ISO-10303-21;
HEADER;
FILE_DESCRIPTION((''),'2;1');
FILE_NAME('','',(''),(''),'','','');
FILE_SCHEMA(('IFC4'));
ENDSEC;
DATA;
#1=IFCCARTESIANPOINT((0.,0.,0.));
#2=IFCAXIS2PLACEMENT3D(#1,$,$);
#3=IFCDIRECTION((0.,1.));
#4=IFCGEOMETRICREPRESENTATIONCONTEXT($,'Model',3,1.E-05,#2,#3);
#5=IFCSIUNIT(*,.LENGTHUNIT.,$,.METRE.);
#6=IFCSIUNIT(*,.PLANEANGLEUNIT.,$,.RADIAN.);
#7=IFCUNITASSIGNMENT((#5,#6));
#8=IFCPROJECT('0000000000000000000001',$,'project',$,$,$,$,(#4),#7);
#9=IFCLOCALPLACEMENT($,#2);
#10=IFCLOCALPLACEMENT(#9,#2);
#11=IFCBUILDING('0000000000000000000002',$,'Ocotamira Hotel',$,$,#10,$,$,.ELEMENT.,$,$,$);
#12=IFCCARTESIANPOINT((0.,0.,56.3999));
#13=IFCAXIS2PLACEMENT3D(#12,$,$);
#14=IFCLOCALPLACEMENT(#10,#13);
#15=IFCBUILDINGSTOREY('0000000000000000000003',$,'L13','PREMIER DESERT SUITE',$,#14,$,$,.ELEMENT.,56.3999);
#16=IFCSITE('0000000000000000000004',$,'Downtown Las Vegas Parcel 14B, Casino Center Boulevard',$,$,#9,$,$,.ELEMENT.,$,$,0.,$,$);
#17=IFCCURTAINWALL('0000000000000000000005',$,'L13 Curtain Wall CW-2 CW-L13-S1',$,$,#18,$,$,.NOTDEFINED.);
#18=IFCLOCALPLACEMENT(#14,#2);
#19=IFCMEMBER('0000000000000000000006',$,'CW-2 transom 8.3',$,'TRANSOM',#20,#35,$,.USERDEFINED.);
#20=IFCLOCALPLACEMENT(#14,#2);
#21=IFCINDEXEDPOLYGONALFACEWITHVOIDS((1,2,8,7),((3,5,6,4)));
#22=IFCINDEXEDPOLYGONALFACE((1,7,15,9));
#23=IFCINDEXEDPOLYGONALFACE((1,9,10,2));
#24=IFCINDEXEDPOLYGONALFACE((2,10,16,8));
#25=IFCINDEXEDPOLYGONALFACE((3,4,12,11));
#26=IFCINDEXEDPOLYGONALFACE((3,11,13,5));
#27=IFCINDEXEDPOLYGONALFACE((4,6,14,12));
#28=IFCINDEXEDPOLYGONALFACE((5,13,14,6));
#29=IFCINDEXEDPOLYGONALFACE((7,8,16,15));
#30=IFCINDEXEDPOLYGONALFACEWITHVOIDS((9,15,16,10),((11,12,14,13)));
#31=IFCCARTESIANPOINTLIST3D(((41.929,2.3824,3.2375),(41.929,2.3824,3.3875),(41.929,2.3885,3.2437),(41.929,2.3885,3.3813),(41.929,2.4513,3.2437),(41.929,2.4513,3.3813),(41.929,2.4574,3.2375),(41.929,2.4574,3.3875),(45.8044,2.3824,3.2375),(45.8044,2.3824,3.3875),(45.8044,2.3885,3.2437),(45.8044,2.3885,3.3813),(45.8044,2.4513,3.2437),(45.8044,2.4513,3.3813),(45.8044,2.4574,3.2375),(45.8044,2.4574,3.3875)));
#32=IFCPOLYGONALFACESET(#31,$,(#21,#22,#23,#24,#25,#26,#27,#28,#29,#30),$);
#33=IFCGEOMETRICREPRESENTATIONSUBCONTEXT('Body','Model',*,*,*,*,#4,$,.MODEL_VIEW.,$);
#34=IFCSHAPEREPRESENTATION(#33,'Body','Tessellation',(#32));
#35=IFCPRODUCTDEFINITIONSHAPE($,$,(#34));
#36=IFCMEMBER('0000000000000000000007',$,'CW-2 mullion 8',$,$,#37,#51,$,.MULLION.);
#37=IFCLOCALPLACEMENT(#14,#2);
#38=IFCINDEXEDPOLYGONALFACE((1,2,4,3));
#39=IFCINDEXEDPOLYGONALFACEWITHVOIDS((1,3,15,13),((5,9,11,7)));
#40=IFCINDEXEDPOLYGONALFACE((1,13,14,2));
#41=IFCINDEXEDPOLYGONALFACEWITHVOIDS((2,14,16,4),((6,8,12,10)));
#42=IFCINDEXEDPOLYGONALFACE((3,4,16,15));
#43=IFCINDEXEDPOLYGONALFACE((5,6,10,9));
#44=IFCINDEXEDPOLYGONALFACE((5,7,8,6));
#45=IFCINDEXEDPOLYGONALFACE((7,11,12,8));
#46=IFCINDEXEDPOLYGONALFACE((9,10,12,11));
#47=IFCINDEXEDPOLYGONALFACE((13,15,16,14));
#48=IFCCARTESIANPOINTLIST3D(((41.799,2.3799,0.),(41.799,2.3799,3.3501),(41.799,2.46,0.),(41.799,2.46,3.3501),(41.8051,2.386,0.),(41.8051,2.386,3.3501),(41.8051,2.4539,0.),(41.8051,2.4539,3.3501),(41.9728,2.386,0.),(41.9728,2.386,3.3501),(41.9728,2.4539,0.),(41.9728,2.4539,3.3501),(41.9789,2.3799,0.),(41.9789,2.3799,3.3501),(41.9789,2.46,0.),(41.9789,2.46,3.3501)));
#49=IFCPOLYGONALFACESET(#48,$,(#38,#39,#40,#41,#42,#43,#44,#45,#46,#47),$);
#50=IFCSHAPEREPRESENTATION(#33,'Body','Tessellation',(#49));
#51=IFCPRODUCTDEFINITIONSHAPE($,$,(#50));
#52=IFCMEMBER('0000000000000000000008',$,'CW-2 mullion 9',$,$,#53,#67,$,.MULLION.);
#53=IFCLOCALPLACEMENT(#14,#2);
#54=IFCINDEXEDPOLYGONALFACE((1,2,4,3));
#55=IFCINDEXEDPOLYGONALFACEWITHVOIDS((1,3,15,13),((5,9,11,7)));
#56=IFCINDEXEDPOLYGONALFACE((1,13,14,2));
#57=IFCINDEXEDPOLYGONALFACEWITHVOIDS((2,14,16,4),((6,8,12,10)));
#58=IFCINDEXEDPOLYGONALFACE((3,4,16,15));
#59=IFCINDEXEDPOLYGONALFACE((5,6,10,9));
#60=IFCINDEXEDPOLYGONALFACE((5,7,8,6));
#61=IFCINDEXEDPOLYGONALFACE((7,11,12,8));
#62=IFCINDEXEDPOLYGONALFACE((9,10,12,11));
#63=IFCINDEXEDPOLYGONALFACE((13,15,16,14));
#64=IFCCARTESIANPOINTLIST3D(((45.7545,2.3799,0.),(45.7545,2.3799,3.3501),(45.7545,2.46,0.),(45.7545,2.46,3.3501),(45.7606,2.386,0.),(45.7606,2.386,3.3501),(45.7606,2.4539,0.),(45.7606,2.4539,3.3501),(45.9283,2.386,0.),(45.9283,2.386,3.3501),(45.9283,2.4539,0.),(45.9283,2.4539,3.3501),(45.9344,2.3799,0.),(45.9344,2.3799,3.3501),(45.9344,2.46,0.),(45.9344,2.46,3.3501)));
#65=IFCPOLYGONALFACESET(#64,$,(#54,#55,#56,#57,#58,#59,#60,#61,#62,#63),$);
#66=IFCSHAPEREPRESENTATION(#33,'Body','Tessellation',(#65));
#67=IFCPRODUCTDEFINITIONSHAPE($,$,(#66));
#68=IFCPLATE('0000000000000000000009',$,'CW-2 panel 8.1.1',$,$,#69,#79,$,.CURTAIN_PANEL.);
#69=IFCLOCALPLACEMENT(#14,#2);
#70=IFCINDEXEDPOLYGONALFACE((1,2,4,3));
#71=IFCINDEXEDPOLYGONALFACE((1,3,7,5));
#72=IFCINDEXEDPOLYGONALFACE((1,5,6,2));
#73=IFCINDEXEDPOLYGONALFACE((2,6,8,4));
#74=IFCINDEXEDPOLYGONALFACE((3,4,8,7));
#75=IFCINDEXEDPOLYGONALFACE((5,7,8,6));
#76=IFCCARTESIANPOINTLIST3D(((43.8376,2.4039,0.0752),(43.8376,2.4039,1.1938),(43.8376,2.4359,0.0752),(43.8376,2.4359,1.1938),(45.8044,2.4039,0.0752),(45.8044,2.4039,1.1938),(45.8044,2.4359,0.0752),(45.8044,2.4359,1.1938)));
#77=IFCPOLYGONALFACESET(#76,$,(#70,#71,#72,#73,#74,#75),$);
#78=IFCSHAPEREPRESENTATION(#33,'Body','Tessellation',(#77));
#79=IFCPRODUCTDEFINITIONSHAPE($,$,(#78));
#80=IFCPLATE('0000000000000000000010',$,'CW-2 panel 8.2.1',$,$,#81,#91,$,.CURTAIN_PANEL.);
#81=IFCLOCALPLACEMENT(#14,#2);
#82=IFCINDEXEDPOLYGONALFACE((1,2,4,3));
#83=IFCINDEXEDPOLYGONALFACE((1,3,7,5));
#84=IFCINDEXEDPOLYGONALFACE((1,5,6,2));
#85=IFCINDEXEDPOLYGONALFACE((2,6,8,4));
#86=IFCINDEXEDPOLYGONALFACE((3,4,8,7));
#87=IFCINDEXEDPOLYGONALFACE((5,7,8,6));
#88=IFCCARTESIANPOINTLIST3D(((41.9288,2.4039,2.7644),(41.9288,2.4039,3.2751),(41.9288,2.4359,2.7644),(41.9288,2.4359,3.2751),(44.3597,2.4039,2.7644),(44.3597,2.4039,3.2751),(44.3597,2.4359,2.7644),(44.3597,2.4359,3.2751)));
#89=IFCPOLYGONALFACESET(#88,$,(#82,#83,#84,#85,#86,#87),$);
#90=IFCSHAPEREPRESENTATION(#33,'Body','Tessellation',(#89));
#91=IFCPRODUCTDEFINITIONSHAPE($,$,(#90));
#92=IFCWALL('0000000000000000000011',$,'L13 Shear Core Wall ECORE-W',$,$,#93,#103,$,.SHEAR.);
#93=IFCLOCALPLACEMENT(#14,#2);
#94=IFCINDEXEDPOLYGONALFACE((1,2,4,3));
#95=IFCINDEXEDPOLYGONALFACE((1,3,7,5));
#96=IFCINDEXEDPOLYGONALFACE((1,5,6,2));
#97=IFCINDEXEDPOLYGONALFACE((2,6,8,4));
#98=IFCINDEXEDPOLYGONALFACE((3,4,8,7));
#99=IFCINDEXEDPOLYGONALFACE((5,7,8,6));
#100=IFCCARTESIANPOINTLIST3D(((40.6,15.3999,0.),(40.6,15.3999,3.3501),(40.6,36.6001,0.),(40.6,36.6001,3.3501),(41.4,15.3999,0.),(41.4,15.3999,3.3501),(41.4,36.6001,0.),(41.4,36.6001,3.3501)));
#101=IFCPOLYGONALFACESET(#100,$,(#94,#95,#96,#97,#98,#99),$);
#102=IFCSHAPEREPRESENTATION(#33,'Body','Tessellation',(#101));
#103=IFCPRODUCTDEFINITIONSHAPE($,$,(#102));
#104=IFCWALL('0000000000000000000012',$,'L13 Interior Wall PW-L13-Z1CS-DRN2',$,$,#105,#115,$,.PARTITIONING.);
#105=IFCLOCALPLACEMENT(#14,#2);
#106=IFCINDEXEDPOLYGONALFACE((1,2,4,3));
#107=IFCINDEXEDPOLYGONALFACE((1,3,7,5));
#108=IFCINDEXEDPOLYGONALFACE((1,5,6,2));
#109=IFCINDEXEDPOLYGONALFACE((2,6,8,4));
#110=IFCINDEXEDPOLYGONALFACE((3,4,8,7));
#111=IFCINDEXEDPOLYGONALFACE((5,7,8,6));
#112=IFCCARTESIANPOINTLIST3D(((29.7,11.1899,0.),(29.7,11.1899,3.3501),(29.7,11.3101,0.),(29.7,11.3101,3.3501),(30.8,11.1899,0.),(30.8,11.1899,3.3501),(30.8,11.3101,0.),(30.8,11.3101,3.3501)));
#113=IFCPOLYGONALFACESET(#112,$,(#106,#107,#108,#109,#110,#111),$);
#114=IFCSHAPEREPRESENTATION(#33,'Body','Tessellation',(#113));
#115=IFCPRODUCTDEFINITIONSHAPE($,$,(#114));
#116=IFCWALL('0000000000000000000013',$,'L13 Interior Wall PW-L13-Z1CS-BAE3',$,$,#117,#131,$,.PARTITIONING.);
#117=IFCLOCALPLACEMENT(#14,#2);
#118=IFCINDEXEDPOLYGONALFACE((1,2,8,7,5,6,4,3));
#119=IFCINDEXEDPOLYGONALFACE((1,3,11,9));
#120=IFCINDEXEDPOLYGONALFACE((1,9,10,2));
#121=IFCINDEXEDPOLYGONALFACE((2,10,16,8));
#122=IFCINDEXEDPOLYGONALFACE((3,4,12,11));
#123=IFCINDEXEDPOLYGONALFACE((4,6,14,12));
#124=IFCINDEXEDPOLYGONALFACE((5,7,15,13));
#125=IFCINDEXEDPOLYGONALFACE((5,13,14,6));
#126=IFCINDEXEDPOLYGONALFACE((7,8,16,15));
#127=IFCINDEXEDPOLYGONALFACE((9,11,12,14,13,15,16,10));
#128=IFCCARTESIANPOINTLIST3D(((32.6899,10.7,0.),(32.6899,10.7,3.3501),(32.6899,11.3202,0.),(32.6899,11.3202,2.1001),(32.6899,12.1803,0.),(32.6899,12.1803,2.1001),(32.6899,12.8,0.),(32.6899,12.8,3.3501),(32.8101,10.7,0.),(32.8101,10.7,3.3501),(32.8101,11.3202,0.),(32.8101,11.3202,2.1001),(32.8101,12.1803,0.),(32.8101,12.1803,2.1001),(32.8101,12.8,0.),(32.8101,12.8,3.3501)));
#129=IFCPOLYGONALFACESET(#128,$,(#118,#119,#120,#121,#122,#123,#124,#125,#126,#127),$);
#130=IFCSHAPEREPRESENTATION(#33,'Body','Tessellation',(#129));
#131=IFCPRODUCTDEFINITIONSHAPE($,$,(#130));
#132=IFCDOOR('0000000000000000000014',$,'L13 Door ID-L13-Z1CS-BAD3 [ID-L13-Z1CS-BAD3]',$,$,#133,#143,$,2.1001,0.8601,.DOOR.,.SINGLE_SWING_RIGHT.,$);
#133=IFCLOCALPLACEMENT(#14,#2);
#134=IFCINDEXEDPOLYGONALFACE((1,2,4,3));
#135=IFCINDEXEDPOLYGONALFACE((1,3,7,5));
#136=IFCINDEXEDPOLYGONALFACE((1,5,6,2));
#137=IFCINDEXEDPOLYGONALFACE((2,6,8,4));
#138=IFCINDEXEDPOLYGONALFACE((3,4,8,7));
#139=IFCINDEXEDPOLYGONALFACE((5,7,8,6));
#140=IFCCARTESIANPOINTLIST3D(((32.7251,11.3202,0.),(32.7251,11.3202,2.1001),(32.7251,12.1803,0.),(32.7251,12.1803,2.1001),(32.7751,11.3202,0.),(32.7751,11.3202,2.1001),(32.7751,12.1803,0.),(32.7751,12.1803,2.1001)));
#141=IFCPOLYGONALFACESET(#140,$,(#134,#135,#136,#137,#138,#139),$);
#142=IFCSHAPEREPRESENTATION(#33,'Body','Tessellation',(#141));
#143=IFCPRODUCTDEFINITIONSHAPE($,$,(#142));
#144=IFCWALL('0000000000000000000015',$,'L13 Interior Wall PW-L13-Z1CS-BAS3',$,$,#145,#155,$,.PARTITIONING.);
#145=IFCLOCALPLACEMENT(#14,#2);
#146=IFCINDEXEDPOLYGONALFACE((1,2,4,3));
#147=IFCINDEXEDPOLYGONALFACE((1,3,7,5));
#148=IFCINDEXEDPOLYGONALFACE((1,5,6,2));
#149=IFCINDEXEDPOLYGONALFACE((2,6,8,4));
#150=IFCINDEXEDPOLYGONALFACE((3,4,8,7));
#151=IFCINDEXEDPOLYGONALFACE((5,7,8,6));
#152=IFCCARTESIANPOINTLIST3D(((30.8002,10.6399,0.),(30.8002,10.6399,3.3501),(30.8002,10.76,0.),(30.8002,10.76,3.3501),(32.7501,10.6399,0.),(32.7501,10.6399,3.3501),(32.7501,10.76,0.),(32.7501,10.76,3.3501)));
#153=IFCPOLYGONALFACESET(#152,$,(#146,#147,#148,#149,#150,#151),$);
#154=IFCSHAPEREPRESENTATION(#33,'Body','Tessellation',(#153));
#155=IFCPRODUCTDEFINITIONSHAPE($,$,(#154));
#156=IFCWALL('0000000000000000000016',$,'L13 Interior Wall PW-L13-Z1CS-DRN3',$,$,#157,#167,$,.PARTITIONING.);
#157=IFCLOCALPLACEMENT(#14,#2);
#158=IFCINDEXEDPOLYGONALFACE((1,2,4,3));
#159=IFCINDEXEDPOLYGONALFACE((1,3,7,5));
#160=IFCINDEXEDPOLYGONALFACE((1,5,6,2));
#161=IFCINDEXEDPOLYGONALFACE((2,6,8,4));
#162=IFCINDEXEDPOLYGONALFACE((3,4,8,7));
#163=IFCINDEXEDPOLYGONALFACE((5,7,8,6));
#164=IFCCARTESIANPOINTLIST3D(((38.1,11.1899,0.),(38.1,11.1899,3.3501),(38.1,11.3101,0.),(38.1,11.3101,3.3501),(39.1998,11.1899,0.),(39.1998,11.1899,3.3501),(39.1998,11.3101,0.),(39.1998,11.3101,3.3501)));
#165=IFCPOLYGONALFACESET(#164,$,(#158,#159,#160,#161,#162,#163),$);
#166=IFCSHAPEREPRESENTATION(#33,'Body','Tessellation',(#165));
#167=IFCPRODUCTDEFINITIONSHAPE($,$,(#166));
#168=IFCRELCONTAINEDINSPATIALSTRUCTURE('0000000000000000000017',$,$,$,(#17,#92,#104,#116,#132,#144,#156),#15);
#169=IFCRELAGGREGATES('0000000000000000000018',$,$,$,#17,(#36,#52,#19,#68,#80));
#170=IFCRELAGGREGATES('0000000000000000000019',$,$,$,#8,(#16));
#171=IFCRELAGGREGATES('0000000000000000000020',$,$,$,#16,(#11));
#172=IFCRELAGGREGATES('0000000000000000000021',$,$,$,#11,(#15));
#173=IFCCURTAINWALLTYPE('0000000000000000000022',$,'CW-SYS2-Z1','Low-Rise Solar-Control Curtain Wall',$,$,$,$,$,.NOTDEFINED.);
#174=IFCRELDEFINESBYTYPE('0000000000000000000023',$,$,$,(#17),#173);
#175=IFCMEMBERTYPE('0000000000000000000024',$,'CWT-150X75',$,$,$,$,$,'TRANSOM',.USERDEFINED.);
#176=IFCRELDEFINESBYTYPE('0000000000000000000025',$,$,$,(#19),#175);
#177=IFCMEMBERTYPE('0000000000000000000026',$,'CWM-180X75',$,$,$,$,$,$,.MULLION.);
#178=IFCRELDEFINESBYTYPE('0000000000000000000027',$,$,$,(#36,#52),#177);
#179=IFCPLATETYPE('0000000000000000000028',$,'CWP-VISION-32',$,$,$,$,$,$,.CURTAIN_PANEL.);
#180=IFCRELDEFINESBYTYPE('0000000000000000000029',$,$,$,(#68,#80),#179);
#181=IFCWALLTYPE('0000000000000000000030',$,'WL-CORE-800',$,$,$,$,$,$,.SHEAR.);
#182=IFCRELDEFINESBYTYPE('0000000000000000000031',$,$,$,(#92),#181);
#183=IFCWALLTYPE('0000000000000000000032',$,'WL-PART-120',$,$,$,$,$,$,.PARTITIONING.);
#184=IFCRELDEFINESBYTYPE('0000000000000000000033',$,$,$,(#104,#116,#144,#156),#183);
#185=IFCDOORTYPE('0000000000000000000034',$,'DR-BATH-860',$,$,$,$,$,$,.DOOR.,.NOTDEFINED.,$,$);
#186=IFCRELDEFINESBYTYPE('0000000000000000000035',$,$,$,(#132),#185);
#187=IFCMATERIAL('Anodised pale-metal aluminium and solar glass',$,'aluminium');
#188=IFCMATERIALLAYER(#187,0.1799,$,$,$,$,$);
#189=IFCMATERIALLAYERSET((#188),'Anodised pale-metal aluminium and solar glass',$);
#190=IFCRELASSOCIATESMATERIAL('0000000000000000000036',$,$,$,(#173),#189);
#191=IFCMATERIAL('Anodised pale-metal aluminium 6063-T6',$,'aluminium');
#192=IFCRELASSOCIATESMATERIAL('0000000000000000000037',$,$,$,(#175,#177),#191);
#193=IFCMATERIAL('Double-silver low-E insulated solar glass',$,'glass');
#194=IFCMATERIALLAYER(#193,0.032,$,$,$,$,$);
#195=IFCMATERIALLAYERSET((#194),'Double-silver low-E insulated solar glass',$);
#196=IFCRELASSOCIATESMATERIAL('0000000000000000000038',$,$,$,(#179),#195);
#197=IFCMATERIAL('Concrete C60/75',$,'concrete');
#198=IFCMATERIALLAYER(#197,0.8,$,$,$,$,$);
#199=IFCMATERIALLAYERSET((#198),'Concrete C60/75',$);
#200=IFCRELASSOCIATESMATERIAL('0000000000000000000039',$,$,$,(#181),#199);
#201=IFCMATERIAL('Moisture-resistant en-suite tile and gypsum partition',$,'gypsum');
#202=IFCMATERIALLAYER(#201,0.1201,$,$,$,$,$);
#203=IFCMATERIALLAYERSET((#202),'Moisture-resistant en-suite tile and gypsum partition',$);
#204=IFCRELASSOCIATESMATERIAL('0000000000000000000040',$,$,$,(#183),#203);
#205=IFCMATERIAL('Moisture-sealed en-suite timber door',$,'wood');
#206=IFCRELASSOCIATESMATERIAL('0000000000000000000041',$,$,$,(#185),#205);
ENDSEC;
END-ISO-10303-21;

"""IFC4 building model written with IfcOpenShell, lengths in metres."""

from ifc_helpers import new_model, si_unit, direction, frame, frame_2d, origin, origin_2d, place, context, subcontext, project, spatial, rectangle, hollow_rectangle, extrude, source, transform, mapped, material, layer, layer_set, material_profile, profile_set, type_object, element, fill, aggregate, save


model = new_model("IFC4")

# Units and contexts
model_context = context("Model", 3, precision=1e-05, world=origin(), true_north=direction((0.0, 1.0)))
body_context = subcontext(model_context, "Body", "Model", "MODEL_VIEW")
ifc_project = project(units=[si_unit("LENGTHUNIT", "METRE"), si_unit("PLANEANGLEUNIT", "RADIAN")], contexts=[model_context])

# Site, building, storey
site_placement = place(None, origin())
site = spatial("IfcSite", under=ifc_project, at=site_placement, Name="Downtown Las Vegas Parcel 14B, Casino Center Boulevard", CompositionType="ELEMENT", RefElevation=0.0)
building_placement = place(site_placement, origin())
building = spatial("IfcBuilding", under=site, at=building_placement, Name="Ocotamira Hotel", CompositionType="ELEMENT")
storey_placement = place(building_placement, frame((0.0, 0.0, 56.3999)))
storey = spatial("IfcBuildingStorey", under=building, at=storey_placement, Name="L13", Description="PREMIER DESERT SUITE", CompositionType="ELEMENT", Elevation=56.3999)

# Curtain wall, members, plates
ifc_material_1 = material(Name="Anodised pale-metal aluminium and solar glass", Category="aluminium")
ifc_layer_1 = layer(ifc_material_1, 0.1799)
ifc_layer_set_1 = layer_set([ifc_layer_1], Name="Anodised pale-metal aluminium and solar glass")
curtain_wall_type = type_object("IfcCurtainWallType", Name="CW-SYS2-Z1", Description="Low-Rise Solar-Control Curtain Wall", PredefinedType="NOTDEFINED", material=ifc_layer_set_1)
curtain_wall_placement = place(storey_placement, origin())
curtain_wall = element("IfcCurtainWall", 1, at=curtain_wall_placement, inside=storey, type_object=curtain_wall_type, Name="L13 Curtain Wall CW-2 CW-L13-S1", PredefinedType="NOTDEFINED")
ifc_material_2 = material(Name="Anodised pale-metal aluminium 6063-T6", Category="aluminium")
ifc_material_profile_1 = material_profile(ifc_material_2, hollow_rectangle(XDim=0.075, YDim=0.1499, WallThickness=0.0061, at=origin_2d()), Name="HSS150X75X6")
ifc_profile_set_1 = profile_set([ifc_material_profile_1], Name="Anodised pale-metal aluminium 6063-T6")
member_type_1 = type_object("IfcMemberType", Name="CWT-150X75", ElementType="TRANSOM", PredefinedType="USERDEFINED", material=ifc_profile_set_1)
shared_shape_1 = source(origin(), body_context, "Body", "SweptSolid", [
    extrude(hollow_rectangle(XDim=0.075, YDim=0.1499, WallThickness=0.0061, at=origin_2d()), origin(), (0.0, 0.0, 1.0), 3.8755),
])
member_1_placement = place(storey_placement, frame((41.929, 2.4199, 3.3125), z_axis=(1.0, 0.0, 0.0), x_axis=(0.0, 1.0, 0.0)))
member_1 = element("IfcMember", 2, at=member_1_placement, type_object=member_type_1, Name="CW-2 transom 8.3", ObjectType="TRANSOM", PredefinedType="USERDEFINED", context=body_context, shape_type="MappedRepresentation", body=[
    mapped(shared_shape_1, transform((0.0, 0.0, 0.0), scale=1.0)),
])
ifc_material_profile_2 = material_profile(ifc_material_2, hollow_rectangle(XDim=0.0801, YDim=0.1799, WallThickness=0.0061, at=origin_2d()), Name="HSS180X80X6")
ifc_profile_set_2 = profile_set([ifc_material_profile_2], Name="Anodised pale-metal aluminium 6063-T6")
member_type_2 = type_object("IfcMemberType", Name="CWM-180X75", PredefinedType="MULLION", material=ifc_profile_set_2)
shared_shape_2 = source(origin(), body_context, "Body", "SweptSolid", [
    extrude(hollow_rectangle(XDim=0.0801, YDim=0.1799, WallThickness=0.0061, at=origin_2d()), origin(), (0.0, 0.0, 1.0), 3.3501),
])
member_2_placement = place(storey_placement, frame((41.8889, 2.4199, 0.0), z_axis=(0.0, 0.0, 1.0), x_axis=(0.0, 1.0, 0.0)))
member_2 = element("IfcMember", 3, at=member_2_placement, type_object=member_type_2, Name="CW-2 mullion 8", PredefinedType="MULLION", context=body_context, shape_type="MappedRepresentation", body=[
    mapped(shared_shape_2, transform((0.0, 0.0, 0.0), scale=1.0)),
])
member_3_placement = place(storey_placement, frame((45.8445, 2.4199, 0.0), z_axis=(0.0, 0.0, 1.0), x_axis=(0.0, 1.0, 0.0)))
member_3 = element("IfcMember", 4, at=member_3_placement, type_object=member_type_2, Name="CW-2 mullion 9", PredefinedType="MULLION", context=body_context, shape_type="MappedRepresentation", body=[
    mapped(shared_shape_2, transform((0.0, 0.0, 0.0), scale=1.0)),
])
ifc_material_3 = material(Name="Double-silver low-E insulated solar glass", Category="glass")
ifc_layer_2 = layer(ifc_material_3, 0.032)
ifc_layer_set_2 = layer_set([ifc_layer_2], Name="Double-silver low-E insulated solar glass")
plate_type = type_object("IfcPlateType", Name="CWP-VISION-32", PredefinedType="CURTAIN_PANEL", material=ifc_layer_set_2)
shared_shape_3 = source(origin(), body_context, "Body", "SweptSolid", [
    extrude(rectangle(XDim=1.9668, YDim=0.032, at=origin_2d()), origin(), (0.0, 0.0, 1.0), 1.1187),
])
plate_1_placement = place(storey_placement, frame((44.821, 2.4199, 0.0752), z_axis=(0.0, 0.0, 1.0), x_axis=(1.0, 0.0, 0.0)))
plate_1 = element("IfcPlate", 5, at=plate_1_placement, type_object=plate_type, Name="CW-2 panel 8.1.1", PredefinedType="CURTAIN_PANEL", context=body_context, shape_type="MappedRepresentation", body=[
    mapped(shared_shape_3, transform((0.0, 0.0, 0.0), scale=1.0)),
])
shared_shape_4 = source(origin(), body_context, "Body", "SweptSolid", [
    extrude(rectangle(XDim=2.4309, YDim=0.032, at=origin_2d()), origin(), (0.0, 0.0, 1.0), 0.5107),
])
plate_2_placement = place(storey_placement, frame((43.1443, 2.4199, 2.7644), z_axis=(0.0, 0.0, 1.0), x_axis=(1.0, 0.0, 0.0)))
plate_2 = element("IfcPlate", 6, at=plate_2_placement, type_object=plate_type, Name="CW-2 panel 8.2.1", PredefinedType="CURTAIN_PANEL", context=body_context, shape_type="MappedRepresentation", body=[
    mapped(shared_shape_4, transform((0.0, 0.0, 0.0), scale=1.0)),
])
aggregate(curtain_wall, [member_2, member_3, member_1, plate_1, plate_2])

# Shared definitions
ifc_material_4 = material(Name="Concrete C60/75", Category="concrete")
ifc_layer_3 = layer(ifc_material_4, 0.8)
ifc_layer_set_3 = layer_set([ifc_layer_3], Name="Concrete C60/75")
wall_type_1 = type_object("IfcWallType", Name="WL-CORE-800", PredefinedType="SHEAR", material=ifc_layer_set_3)

# Walls
wall_1_placement = place(storey_placement, frame((41.0, 15.3999, 0.0), z_axis=(0.0, 0.0, 1.0), x_axis=(0.0, 1.0, 0.0)))
element("IfcWall", 7, at=wall_1_placement, inside=storey, type_object=wall_type_1, Name="L13 Shear Core Wall ECORE-W", PredefinedType="SHEAR", context=body_context, shape_type="SweptSolid", body=[
    extrude(rectangle(XDim=21.2002, YDim=0.8, at=frame_2d((10.6001, 0.0))), origin(), (0.0, 0.0, 1.0), 3.3501),
])
ifc_material_5 = material(Name="Moisture-resistant en-suite tile and gypsum partition", Category="gypsum")
ifc_layer_4 = layer(ifc_material_5, 0.1201)
ifc_layer_set_4 = layer_set([ifc_layer_4], Name="Moisture-resistant en-suite tile and gypsum partition")
wall_type_2 = type_object("IfcWallType", Name="WL-PART-120", PredefinedType="PARTITIONING", material=ifc_layer_set_4)
wall_2_placement = place(storey_placement, frame((29.7, 11.25, 0.0), z_axis=(0.0, 0.0, 1.0), x_axis=(1.0, 0.0, 0.0)))
element("IfcWall", 8, at=wall_2_placement, inside=storey, type_object=wall_type_2, Name="L13 Interior Wall PW-L13-Z1CS-DRN2", PredefinedType="PARTITIONING", context=body_context, shape_type="SweptSolid", body=[
    extrude(rectangle(XDim=1.1001, YDim=0.1201, at=frame_2d((0.55, 0.0))), origin(), (0.0, 0.0, 1.0), 3.3501),
])

# Wall, opening, door
wall_3_placement = place(storey_placement, frame((32.75, 10.7, 0.0), z_axis=(0.0, 0.0, 1.0), x_axis=(0.0, 1.0, 0.0)))
wall_3 = element("IfcWall", 9, at=wall_3_placement, inside=storey, type_object=wall_type_2, Name="L13 Interior Wall PW-L13-Z1CS-BAE3", PredefinedType="PARTITIONING", context=body_context, shape_type="SweptSolid", body=[
    extrude(rectangle(XDim=2.1001, YDim=0.1201, at=frame_2d((1.05, 0.0))), origin(), (0.0, 0.0, 1.0), 3.3501),
])
opening_1_placement = place(wall_3_placement, frame((0.6201, 0.0, 0.0)))
opening_1 = element("IfcOpeningElement", 10, at=opening_1_placement, cuts=wall_3, PredefinedType="OPENING", context=body_context, shape_type="SweptSolid", body=[
    extrude(rectangle(XDim=0.8601, YDim=2.1001, at=frame_2d((0.4302, 1.05))), frame((0.0, 0.0701, 0.0), z_axis=(0.0, -1.0, 0.0), x_axis=(1.0, 0.0, 0.0)), (0.0, 0.0, 1.0), 0.1401),
])
ifc_material_6 = material(Name="Moisture-sealed en-suite timber door", Category="wood")
door_type_1 = type_object("IfcDoorType", Name="DR-BATH-860", OperationType="NOTDEFINED", PredefinedType="DOOR", material=ifc_material_6)
shared_shape_5 = source(origin(), body_context, "Body", "SweptSolid", [
    extrude(rectangle(XDim=0.8601, YDim=2.1001, at=frame_2d((0.4302, 1.05))), frame((0.0, 0.0249, 0.0), z_axis=(0.0, -1.0, 0.0), x_axis=(1.0, 0.0, 0.0)), (0.0, 0.0, 1.0), 0.05),
])
door_1_placement = place(opening_1_placement, origin())
door_1 = element("IfcDoor", 11, at=door_1_placement, inside=storey, type_object=door_type_1, Name="L13 Door ID-L13-Z1CS-BAD3 [ID-L13-Z1CS-BAD3]", OperationType="SINGLE_SWING_RIGHT", OverallHeight=2.1001, OverallWidth=0.8601, PredefinedType="DOOR", context=body_context, shape_type="MappedRepresentation", body=[
    mapped(shared_shape_5, transform((0.0, 0.0, 0.0), scale=1.0)),
])
fill(opening_1, door_1)

# Walls
wall_4_placement = place(storey_placement, frame((30.8, 10.7, 0.0), z_axis=(0.0, 0.0, 1.0), x_axis=(1.0, 0.0, 0.0)))
element("IfcWall", 12, at=wall_4_placement, inside=storey, type_object=wall_type_2, Name="L13 Interior Wall PW-L13-Z1CS-BAS3", PredefinedType="PARTITIONING", context=body_context, shape_type="SweptSolid", body=[
    extrude(rectangle(XDim=1.95, YDim=0.1201, at=frame_2d((0.9751, 0.0))), origin(), (0.0, 0.0, 1.0), 3.3501),
])
wall_5_placement = place(storey_placement, frame((38.1001, 11.25, 0.0), z_axis=(0.0, 0.0, 1.0), x_axis=(1.0, 0.0, 0.0)))
element("IfcWall", 13, at=wall_5_placement, inside=storey, type_object=wall_type_2, Name="L13 Interior Wall PW-L13-Z1CS-DRN3", PredefinedType="PARTITIONING", context=body_context, shape_type="SweptSolid", body=[
    extrude(rectangle(XDim=1.0999, YDim=0.1201, at=frame_2d((0.5498, 0.0))), origin(), (0.0, 0.0, 1.0), 3.3501),
])

save(model, "model.ifc")
